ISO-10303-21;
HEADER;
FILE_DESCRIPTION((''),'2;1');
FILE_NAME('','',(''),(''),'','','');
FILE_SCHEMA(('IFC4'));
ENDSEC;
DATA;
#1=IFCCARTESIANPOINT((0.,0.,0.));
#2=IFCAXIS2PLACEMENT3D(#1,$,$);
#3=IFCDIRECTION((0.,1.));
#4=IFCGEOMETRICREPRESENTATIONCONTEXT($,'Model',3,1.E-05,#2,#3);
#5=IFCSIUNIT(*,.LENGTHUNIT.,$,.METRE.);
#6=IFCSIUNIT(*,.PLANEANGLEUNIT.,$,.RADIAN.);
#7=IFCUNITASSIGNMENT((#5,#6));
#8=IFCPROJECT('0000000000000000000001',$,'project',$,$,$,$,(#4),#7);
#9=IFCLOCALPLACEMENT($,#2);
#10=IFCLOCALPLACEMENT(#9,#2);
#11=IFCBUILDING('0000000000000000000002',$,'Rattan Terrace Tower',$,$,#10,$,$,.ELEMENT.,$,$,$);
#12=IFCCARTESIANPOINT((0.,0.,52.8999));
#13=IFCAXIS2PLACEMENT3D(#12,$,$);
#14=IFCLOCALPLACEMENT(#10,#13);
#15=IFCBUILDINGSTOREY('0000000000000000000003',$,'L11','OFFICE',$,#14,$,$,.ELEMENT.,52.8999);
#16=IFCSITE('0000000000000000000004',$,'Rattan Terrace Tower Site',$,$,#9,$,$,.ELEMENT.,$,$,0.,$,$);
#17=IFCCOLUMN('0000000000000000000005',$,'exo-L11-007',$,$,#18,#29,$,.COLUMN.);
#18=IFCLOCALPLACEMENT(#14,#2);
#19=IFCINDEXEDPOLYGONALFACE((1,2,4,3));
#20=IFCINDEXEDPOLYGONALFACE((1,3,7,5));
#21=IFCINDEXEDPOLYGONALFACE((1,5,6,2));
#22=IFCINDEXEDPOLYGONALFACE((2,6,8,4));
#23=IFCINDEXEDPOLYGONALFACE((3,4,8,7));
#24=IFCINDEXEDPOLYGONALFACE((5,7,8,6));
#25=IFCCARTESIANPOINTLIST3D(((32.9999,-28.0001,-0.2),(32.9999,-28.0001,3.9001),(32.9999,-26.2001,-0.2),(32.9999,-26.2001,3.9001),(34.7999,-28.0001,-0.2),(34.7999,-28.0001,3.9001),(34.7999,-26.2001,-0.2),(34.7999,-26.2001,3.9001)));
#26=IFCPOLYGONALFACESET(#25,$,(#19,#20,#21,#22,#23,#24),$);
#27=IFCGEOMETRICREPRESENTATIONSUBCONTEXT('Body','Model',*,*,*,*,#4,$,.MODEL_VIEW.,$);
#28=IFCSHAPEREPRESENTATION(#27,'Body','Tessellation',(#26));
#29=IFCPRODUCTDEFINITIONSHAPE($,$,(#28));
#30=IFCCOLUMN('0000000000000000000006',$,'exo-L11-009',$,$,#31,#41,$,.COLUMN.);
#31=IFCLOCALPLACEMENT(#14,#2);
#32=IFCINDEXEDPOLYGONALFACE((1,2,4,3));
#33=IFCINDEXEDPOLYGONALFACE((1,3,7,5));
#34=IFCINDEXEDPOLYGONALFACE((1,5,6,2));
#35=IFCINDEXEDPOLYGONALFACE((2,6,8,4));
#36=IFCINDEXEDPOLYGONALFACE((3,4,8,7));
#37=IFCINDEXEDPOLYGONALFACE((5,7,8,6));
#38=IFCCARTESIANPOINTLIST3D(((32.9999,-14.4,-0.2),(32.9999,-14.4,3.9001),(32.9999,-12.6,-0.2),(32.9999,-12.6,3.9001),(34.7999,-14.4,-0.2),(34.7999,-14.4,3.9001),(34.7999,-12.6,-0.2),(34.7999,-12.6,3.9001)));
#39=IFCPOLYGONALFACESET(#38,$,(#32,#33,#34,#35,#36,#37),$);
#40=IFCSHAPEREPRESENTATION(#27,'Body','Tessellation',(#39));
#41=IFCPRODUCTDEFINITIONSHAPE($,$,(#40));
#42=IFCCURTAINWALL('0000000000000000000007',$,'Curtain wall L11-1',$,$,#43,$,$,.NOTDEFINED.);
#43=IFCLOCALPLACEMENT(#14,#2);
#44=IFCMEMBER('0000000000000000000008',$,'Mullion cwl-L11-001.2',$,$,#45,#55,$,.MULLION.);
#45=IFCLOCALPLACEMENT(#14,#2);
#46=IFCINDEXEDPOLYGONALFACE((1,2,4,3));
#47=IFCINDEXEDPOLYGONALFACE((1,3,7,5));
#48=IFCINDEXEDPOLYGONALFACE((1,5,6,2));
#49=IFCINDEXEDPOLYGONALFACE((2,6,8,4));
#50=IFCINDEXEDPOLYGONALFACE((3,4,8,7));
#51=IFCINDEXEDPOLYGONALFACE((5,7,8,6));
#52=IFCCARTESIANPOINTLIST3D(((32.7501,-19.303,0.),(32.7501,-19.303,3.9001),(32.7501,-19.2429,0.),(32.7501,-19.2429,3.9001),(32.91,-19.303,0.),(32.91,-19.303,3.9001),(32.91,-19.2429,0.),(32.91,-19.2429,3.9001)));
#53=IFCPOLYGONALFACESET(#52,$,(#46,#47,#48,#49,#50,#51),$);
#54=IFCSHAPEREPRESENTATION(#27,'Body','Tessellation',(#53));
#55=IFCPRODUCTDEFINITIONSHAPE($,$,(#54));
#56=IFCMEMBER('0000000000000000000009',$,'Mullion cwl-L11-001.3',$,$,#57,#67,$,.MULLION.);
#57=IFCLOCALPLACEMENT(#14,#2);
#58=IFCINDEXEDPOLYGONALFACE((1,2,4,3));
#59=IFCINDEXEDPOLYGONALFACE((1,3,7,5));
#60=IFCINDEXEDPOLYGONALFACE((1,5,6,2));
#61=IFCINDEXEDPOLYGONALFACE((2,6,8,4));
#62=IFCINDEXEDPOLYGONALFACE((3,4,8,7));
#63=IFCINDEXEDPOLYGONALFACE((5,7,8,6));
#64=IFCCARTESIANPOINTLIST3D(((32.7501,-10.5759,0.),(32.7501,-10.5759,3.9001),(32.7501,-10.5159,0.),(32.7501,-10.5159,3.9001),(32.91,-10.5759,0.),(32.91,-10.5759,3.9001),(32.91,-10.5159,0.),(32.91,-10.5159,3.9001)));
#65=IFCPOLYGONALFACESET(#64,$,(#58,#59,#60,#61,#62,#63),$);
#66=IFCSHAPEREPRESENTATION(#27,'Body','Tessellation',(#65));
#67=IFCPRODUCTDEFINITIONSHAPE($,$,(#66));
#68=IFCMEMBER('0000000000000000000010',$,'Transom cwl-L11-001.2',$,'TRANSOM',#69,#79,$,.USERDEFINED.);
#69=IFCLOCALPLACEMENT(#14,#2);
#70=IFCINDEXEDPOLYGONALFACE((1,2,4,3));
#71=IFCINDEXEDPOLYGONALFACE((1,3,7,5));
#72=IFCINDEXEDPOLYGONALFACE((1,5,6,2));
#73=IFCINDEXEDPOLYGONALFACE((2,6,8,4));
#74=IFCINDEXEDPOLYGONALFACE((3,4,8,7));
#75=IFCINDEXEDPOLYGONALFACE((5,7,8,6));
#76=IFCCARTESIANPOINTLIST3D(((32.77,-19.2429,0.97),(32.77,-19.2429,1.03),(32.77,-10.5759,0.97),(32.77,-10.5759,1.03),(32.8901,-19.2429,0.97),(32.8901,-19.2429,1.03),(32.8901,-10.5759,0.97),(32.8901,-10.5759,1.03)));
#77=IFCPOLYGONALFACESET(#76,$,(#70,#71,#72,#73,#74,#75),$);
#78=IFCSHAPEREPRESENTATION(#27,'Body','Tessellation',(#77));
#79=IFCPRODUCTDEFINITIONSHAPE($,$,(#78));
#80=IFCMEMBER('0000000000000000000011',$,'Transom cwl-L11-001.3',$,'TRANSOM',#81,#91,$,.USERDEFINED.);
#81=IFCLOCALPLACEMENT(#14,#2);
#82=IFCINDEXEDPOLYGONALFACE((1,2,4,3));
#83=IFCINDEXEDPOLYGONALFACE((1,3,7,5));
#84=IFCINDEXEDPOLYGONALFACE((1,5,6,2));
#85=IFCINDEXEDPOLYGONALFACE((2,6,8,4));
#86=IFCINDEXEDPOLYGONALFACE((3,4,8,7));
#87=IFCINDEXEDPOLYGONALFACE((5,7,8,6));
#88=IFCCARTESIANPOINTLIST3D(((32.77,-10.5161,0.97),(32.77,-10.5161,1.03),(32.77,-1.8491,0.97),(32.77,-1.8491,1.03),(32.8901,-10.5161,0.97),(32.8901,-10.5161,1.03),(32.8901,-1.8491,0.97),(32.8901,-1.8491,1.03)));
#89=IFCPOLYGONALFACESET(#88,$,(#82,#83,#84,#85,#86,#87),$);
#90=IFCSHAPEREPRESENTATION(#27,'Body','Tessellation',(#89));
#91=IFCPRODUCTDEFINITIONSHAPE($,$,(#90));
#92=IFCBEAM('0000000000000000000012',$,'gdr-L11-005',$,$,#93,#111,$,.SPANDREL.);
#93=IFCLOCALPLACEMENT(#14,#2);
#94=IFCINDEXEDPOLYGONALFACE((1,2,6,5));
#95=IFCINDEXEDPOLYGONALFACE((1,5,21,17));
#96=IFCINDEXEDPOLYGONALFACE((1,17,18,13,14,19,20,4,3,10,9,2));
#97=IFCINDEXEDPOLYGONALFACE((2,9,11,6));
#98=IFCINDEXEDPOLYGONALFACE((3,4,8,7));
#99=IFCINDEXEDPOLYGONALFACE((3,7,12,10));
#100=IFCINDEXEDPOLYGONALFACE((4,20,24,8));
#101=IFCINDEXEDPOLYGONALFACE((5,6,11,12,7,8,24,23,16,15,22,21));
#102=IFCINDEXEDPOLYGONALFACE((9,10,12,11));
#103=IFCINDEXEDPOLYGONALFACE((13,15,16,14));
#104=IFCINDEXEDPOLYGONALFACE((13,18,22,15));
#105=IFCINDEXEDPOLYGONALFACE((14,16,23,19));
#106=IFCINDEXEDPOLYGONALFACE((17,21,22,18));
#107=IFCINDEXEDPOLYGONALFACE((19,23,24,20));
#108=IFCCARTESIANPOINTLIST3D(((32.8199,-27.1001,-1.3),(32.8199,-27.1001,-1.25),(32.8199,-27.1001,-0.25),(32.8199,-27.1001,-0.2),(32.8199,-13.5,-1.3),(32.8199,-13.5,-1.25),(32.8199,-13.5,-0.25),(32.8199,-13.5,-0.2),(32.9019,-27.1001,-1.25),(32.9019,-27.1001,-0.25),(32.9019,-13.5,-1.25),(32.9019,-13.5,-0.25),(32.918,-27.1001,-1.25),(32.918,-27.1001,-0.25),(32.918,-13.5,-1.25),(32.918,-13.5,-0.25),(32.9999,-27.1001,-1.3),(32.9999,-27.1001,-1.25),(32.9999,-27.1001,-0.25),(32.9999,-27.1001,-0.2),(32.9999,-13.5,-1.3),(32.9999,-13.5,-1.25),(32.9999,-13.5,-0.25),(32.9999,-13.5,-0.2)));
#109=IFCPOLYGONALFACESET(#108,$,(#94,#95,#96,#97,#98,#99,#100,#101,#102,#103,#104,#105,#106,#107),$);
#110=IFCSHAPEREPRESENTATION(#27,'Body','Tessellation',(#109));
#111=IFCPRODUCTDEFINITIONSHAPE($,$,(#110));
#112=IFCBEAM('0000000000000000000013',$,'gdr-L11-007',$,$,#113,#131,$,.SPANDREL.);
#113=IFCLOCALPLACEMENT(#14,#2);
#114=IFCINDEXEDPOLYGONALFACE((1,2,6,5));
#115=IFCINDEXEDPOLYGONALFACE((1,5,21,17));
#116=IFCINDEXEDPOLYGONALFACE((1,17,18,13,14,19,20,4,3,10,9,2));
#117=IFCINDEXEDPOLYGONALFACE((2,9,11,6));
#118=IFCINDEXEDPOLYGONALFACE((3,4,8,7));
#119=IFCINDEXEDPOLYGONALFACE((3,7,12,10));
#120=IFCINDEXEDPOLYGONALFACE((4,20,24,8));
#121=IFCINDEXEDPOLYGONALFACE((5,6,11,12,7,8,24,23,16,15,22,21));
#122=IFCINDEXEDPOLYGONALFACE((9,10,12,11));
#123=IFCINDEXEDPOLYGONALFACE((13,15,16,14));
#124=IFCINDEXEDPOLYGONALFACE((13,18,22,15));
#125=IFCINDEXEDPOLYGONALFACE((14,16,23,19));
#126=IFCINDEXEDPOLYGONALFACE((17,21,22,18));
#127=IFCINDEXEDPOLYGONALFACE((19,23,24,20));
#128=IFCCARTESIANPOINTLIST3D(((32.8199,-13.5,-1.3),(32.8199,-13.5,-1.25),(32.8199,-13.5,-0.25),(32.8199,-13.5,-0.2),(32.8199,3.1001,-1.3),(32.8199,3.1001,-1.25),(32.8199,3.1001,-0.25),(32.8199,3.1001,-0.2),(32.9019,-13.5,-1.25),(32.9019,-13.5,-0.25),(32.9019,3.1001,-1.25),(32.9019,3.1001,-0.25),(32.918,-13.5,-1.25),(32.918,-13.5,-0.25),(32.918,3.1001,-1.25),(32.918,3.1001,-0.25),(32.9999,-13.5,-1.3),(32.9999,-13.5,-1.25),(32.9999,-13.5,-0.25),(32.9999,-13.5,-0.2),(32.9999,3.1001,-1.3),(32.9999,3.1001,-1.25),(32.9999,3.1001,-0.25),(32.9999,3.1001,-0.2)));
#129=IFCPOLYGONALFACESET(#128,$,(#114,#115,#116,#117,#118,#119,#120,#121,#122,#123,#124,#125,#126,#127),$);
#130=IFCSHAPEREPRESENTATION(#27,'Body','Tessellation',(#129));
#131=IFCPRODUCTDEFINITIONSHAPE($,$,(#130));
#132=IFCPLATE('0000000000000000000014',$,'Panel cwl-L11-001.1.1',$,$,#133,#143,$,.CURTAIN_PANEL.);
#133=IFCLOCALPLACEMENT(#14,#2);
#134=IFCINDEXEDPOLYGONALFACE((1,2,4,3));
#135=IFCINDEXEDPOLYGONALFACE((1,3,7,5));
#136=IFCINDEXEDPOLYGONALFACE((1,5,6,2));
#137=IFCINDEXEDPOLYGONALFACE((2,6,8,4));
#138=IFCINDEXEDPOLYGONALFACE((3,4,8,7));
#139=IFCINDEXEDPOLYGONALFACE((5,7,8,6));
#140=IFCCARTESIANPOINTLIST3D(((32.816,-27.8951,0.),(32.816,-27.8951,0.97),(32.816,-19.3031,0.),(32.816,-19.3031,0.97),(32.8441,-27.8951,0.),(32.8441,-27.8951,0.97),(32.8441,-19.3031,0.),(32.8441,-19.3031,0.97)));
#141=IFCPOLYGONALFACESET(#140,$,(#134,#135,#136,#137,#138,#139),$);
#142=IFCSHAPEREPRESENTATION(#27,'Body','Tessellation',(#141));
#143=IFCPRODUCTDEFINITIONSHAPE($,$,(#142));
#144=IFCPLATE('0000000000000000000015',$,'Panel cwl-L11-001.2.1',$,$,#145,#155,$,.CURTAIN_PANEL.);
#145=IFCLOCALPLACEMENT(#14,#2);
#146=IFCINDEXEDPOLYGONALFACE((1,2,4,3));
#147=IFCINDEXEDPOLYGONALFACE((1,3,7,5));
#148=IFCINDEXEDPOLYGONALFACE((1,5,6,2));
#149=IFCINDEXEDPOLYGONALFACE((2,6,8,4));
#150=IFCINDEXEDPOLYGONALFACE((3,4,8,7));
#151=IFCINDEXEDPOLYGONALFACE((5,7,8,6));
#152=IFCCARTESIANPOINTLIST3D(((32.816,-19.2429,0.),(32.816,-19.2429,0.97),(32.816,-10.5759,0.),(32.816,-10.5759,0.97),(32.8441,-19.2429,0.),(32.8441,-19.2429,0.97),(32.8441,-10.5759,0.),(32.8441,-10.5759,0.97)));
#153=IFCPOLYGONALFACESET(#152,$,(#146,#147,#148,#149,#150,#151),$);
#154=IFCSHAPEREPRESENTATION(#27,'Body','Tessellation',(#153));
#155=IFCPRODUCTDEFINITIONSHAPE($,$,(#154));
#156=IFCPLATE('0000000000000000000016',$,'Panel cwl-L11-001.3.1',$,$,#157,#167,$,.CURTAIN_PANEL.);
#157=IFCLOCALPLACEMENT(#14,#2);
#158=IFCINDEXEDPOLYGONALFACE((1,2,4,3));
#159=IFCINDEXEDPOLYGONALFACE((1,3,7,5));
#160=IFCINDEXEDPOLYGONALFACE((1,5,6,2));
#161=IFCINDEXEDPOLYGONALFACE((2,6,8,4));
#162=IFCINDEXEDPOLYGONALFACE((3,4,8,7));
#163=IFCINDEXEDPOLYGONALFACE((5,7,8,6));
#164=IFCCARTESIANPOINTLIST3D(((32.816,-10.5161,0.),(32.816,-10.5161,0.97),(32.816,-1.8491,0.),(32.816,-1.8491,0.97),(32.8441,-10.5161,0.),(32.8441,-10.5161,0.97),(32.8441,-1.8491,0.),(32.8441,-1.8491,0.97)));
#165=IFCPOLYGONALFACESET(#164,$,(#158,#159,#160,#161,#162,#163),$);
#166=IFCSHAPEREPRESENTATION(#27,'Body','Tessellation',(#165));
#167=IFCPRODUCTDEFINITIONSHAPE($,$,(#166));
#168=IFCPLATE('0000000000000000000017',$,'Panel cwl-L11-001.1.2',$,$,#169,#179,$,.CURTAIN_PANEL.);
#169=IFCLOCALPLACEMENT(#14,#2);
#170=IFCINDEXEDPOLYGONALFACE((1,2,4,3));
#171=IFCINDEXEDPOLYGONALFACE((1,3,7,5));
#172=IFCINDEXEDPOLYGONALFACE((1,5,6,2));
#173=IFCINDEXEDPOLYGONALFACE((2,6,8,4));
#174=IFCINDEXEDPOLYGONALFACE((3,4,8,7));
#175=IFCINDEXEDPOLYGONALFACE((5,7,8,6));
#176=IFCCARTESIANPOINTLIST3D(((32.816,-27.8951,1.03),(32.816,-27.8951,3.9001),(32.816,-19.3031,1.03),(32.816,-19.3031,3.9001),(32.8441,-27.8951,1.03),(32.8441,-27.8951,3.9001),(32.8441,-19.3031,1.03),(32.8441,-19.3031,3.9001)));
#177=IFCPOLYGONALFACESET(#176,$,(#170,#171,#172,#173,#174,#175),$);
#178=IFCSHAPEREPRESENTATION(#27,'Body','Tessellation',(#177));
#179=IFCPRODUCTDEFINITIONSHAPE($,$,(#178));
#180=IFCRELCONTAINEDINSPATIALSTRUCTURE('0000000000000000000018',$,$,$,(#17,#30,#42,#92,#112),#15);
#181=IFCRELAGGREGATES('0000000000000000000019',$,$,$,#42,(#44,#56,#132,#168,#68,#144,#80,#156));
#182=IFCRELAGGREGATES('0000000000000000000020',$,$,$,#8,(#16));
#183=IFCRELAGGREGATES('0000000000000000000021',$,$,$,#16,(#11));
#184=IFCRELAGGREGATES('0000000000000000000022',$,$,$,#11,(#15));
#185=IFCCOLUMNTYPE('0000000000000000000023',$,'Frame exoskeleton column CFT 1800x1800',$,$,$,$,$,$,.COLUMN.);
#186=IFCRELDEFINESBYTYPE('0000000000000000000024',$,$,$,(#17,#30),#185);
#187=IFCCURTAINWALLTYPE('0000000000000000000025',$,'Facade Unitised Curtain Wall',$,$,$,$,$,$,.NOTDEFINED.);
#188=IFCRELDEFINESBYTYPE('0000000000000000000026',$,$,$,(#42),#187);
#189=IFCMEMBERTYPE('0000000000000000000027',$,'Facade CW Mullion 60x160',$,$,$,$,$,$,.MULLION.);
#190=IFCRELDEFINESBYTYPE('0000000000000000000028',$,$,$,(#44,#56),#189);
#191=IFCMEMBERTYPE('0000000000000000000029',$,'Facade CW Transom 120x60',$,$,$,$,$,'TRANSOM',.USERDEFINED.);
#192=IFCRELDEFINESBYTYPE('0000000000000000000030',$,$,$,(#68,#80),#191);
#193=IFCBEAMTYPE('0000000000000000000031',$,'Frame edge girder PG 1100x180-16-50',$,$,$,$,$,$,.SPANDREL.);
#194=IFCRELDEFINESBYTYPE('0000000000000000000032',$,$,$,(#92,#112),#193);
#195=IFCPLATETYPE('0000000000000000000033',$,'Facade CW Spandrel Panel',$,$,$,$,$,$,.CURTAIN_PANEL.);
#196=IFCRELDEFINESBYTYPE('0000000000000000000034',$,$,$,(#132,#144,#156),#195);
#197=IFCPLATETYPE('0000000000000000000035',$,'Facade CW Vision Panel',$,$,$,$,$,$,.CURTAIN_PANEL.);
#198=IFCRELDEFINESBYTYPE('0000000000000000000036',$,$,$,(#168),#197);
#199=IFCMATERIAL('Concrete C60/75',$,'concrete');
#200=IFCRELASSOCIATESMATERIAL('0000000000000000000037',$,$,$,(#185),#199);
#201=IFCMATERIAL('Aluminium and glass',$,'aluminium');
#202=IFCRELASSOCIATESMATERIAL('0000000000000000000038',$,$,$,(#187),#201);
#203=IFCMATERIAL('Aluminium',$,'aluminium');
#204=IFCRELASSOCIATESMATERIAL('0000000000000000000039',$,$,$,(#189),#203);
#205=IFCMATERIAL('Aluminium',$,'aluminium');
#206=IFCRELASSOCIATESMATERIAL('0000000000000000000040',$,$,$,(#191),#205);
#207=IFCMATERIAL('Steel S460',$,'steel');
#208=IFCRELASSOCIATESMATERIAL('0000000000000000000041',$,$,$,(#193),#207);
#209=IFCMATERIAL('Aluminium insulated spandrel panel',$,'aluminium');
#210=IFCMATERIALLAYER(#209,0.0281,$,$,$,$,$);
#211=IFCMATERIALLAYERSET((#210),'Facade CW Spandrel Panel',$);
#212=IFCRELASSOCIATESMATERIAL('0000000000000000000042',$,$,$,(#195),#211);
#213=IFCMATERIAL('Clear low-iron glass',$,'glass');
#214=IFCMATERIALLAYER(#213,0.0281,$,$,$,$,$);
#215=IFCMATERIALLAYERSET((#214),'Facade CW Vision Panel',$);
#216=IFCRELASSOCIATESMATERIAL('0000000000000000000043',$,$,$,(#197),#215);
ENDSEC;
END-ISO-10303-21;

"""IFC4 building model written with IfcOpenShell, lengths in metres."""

from ifc_helpers import new_model, si_unit, direction, frame, origin, origin_2d, place, context, subcontext, project, spatial, rectangle, i_section, extrude, material, layer, layer_set, material_profile, profile_set, type_object, element, aggregate, save


model = new_model("IFC4")

# Units and contexts
model_context = context("Model", 3, precision=1e-05, world=origin(), true_north=direction((0.0, 1.0)))
body_context = subcontext(model_context, "Body", "Model", "MODEL_VIEW")
ifc_project = project(units=[si_unit("LENGTHUNIT", "METRE"), si_unit("PLANEANGLEUNIT", "RADIAN")], contexts=[model_context])

# Site, building, storey
site_placement = place(None, origin())
site = spatial("IfcSite", under=ifc_project, at=site_placement, Name="Rattan Terrace Tower Site", CompositionType="ELEMENT", RefElevation=0.0)
building_placement = place(site_placement, origin())
building = spatial("IfcBuilding", under=site, at=building_placement, Name="Rattan Terrace Tower", CompositionType="ELEMENT")
storey_placement = place(building_placement, frame((0.0, 0.0, 52.8999)))
storey = spatial("IfcBuildingStorey", under=building, at=storey_placement, Name="L11", Description="OFFICE", CompositionType="ELEMENT", Elevation=52.8999)

# Columns
ifc_material_1 = material(Name="Concrete C60/75", Category="concrete")
ifc_material_profile_1 = material_profile(ifc_material_1, rectangle(XDim=1.8, YDim=1.8, at=origin_2d()), Name="CFT 1800x1800")
ifc_profile_set_1 = profile_set([ifc_material_profile_1], Name="Concrete C60/75")
column_type = type_object("IfcColumnType", Name="Frame exoskeleton column CFT 1800x1800", PredefinedType="COLUMN", material=ifc_profile_set_1)
for number, where, z_axis, x_axis, name in (
    (1, (33.8999, -27.1001, -0.2), (0.0, 0.0, 1.0), (0.0, 1.0, 0.0), "exo-L11-007"),
    (2, (33.8999, -13.5, -0.2), (0.0, 0.0, 1.0), (0.0, 1.0, 0.0), "exo-L11-009"),
):
    element("IfcColumn", number, at=place(storey_placement, frame(where, z_axis=z_axis, x_axis=x_axis)), inside=storey, type_object=column_type, Name=name, PredefinedType="COLUMN", context=body_context, shape_type="SweptSolid", body=[
        extrude(rectangle(XDim=1.8, YDim=1.8, at=origin_2d()), origin(), (0.0, 0.0, 1.0), 4.1001),
    ])

# Curtain wall, members
ifc_material_2 = material(Name="Aluminium and glass", Category="aluminium")
curtain_wall_type = type_object("IfcCurtainWallType", Name="Facade Unitised Curtain Wall", PredefinedType="NOTDEFINED", material=ifc_material_2)
curtain_wall_placement = place(storey_placement, origin())
curtain_wall = element("IfcCurtainWall", 3, at=curtain_wall_placement, inside=storey, type_object=curtain_wall_type, Name="Curtain wall L11-1", PredefinedType="NOTDEFINED")
ifc_material_3 = material(Name="Aluminium", Category="aluminium")
ifc_material_profile_2 = material_profile(ifc_material_3, rectangle(XDim=0.0601, YDim=0.1599, at=origin_2d()), Name="Aluminium 60x160")
ifc_profile_set_2 = profile_set([ifc_material_profile_2], Name="Aluminium")
member_type_1 = type_object("IfcMemberType", Name="Facade CW Mullion 60x160", PredefinedType="MULLION", material=ifc_profile_set_2)
member_1_placement = place(storey_placement, frame((32.8301, -19.2729, 0.0), z_axis=(0.0, 0.0, 1.0), x_axis=(0.0, 1.0, 0.0)))
member_1 = element("IfcMember", 4, at=member_1_placement, type_object=member_type_1, Name="Mullion cwl-L11-001.2", PredefinedType="MULLION", context=body_context, shape_type="SweptSolid", body=[
    extrude(rectangle(XDim=0.0601, YDim=0.1599, at=origin_2d()), origin(), (0.0, 0.0, 1.0), 3.9001),
])
member_2_placement = place(storey_placement, frame((32.8301, -10.5459, 0.0), z_axis=(0.0, 0.0, 1.0), x_axis=(0.0, 1.0, 0.0)))
member_2 = element("IfcMember", 5, at=member_2_placement, type_object=member_type_1, Name="Mullion cwl-L11-001.3", PredefinedType="MULLION", context=body_context, shape_type="SweptSolid", body=[
    extrude(rectangle(XDim=0.0601, YDim=0.1599, at=origin_2d()), origin(), (0.0, 0.0, 1.0), 3.9001),
])
ifc_material_4 = material(Name="Aluminium", Category="aluminium")
ifc_material_profile_3 = material_profile(ifc_material_4, rectangle(XDim=0.1201, YDim=0.0601, at=origin_2d()), Name="Aluminium 120x60")
ifc_profile_set_3 = profile_set([ifc_material_profile_3], Name="Aluminium")
member_type_2 = type_object("IfcMemberType", Name="Facade CW Transom 120x60", ElementType="TRANSOM", PredefinedType="USERDEFINED", material=ifc_profile_set_3)
member_3_placement = place(storey_placement, frame((32.8301, -19.2429, 1.0), z_axis=(0.0, 1.0, 0.0), x_axis=(-1.0, 0.0, 0.0)))
member_3 = element("IfcMember", 6, at=member_3_placement, type_object=member_type_2, Name="Transom cwl-L11-001.2", ObjectType="TRANSOM", PredefinedType="USERDEFINED", context=body_context, shape_type="SweptSolid", body=[
    extrude(rectangle(XDim=0.1201, YDim=0.0601, at=origin_2d()), origin(), (0.0, 0.0, 1.0), 8.667),
])
member_4_placement = place(storey_placement, frame((32.8301, -10.5161, 1.0), z_axis=(0.0, 1.0, 0.0), x_axis=(-1.0, 0.0, 0.0)))
member_4 = element("IfcMember", 7, at=member_4_placement, type_object=member_type_2, Name="Transom cwl-L11-001.3", ObjectType="TRANSOM", PredefinedType="USERDEFINED", context=body_context, shape_type="SweptSolid", body=[
    extrude(rectangle(XDim=0.1201, YDim=0.0601, at=origin_2d()), origin(), (0.0, 0.0, 1.0), 8.667),
])

# Beams
ifc_material_5 = material(Name="Steel S460", Category="steel")
ifc_material_profile_4 = material_profile(ifc_material_5, i_section(OverallWidth=0.1799, OverallDepth=1.1001, WebThickness=0.0161, FlangeThickness=0.05, at=origin_2d()), Name="PG 1100x180-16-50")
ifc_profile_set_4 = profile_set([ifc_material_profile_4], Name="Steel S460")
beam_type = type_object("IfcBeamType", Name="Frame edge girder PG 1100x180-16-50", PredefinedType="SPANDREL", material=ifc_profile_set_4)
beam_1_placement = place(storey_placement, frame((32.9099, -27.1001, -0.75), z_axis=(0.0, 1.0, 0.0), x_axis=(-1.0, 0.0, 0.0)))
element("IfcBeam", 8, at=beam_1_placement, inside=storey, type_object=beam_type, Name="gdr-L11-005", PredefinedType="SPANDREL", context=body_context, shape_type="SweptSolid", body=[
    extrude(i_section(OverallWidth=0.1799, OverallDepth=1.1001, WebThickness=0.0161, FlangeThickness=0.05, at=origin_2d()), origin(), (0.0, 0.0, 1.0), 13.6001),
])
beam_2_placement = place(storey_placement, frame((32.9099, -13.5, -0.75), z_axis=(0.0, 1.0, 0.0), x_axis=(-1.0, 0.0, 0.0)))
element("IfcBeam", 9, at=beam_2_placement, inside=storey, type_object=beam_type, Name="gdr-L11-007", PredefinedType="SPANDREL", context=body_context, shape_type="SweptSolid", body=[
    extrude(i_section(OverallWidth=0.1799, OverallDepth=1.1001, WebThickness=0.0161, FlangeThickness=0.05, at=origin_2d()), origin(), (0.0, 0.0, 1.0), 16.6001),
])

# Plates
ifc_material_6 = material(Name="Aluminium insulated spandrel panel", Category="aluminium")
ifc_layer_1 = layer(ifc_material_6, 0.0281)
ifc_layer_set_1 = layer_set([ifc_layer_1], Name="Facade CW Spandrel Panel")
plate_type_1 = type_object("IfcPlateType", Name="Facade CW Spandrel Panel", PredefinedType="CURTAIN_PANEL", material=ifc_layer_set_1)
plate_1_placement = place(storey_placement, frame((32.8301, -23.5991, 0.0), z_axis=(0.0, 0.0, 1.0), x_axis=(0.0, 1.0, 0.0)))
plate_1 = element("IfcPlate", 10, at=plate_1_placement, type_object=plate_type_1, Name="Panel cwl-L11-001.1.1", PredefinedType="CURTAIN_PANEL", context=body_context, shape_type="SweptSolid", body=[
    extrude(rectangle(XDim=8.592, YDim=0.0281, at=origin_2d()), origin(), (0.0, 0.0, 1.0), 0.97),
])
plate_2_placement = place(storey_placement, frame((32.8301, -14.9094, 0.0), z_axis=(0.0, 0.0, 1.0), x_axis=(0.0, 1.0, 0.0)))
plate_2 = element("IfcPlate", 11, at=plate_2_placement, type_object=plate_type_1, Name="Panel cwl-L11-001.2.1", PredefinedType="CURTAIN_PANEL", context=body_context, shape_type="SweptSolid", body=[
    extrude(rectangle(XDim=8.667, YDim=0.0281, at=origin_2d()), origin(), (0.0, 0.0, 1.0), 0.97),
])
plate_3_placement = place(storey_placement, frame((32.8301, -6.1826, 0.0), z_axis=(0.0, 0.0, 1.0), x_axis=(0.0, 1.0, 0.0)))
plate_3 = element("IfcPlate", 12, at=plate_3_placement, type_object=plate_type_1, Name="Panel cwl-L11-001.3.1", PredefinedType="CURTAIN_PANEL", context=body_context, shape_type="SweptSolid", body=[
    extrude(rectangle(XDim=8.667, YDim=0.0281, at=origin_2d()), origin(), (0.0, 0.0, 1.0), 0.97),
])
ifc_material_7 = material(Name="Clear low-iron glass", Category="glass")
ifc_layer_2 = layer(ifc_material_7, 0.0281)
ifc_layer_set_2 = layer_set([ifc_layer_2], Name="Facade CW Vision Panel")
plate_type_2 = type_object("IfcPlateType", Name="Facade CW Vision Panel", PredefinedType="CURTAIN_PANEL", material=ifc_layer_set_2)
plate_4_placement = place(storey_placement, frame((32.8301, -23.5991, 1.03), z_axis=(0.0, 0.0, 1.0), x_axis=(0.0, 1.0, 0.0)))
plate_4 = element("IfcPlate", 13, at=plate_4_placement, type_object=plate_type_2, Name="Panel cwl-L11-001.1.2", PredefinedType="CURTAIN_PANEL", context=body_context, shape_type="SweptSolid", body=[
    extrude(rectangle(XDim=8.592, YDim=0.0281, at=origin_2d()), origin(), (0.0, 0.0, 1.0), 2.8701),
])
aggregate(curtain_wall, [member_1, member_2, plate_1, plate_4, member_3, plate_2, member_4, plate_3])

save(model, "model.ifc")
